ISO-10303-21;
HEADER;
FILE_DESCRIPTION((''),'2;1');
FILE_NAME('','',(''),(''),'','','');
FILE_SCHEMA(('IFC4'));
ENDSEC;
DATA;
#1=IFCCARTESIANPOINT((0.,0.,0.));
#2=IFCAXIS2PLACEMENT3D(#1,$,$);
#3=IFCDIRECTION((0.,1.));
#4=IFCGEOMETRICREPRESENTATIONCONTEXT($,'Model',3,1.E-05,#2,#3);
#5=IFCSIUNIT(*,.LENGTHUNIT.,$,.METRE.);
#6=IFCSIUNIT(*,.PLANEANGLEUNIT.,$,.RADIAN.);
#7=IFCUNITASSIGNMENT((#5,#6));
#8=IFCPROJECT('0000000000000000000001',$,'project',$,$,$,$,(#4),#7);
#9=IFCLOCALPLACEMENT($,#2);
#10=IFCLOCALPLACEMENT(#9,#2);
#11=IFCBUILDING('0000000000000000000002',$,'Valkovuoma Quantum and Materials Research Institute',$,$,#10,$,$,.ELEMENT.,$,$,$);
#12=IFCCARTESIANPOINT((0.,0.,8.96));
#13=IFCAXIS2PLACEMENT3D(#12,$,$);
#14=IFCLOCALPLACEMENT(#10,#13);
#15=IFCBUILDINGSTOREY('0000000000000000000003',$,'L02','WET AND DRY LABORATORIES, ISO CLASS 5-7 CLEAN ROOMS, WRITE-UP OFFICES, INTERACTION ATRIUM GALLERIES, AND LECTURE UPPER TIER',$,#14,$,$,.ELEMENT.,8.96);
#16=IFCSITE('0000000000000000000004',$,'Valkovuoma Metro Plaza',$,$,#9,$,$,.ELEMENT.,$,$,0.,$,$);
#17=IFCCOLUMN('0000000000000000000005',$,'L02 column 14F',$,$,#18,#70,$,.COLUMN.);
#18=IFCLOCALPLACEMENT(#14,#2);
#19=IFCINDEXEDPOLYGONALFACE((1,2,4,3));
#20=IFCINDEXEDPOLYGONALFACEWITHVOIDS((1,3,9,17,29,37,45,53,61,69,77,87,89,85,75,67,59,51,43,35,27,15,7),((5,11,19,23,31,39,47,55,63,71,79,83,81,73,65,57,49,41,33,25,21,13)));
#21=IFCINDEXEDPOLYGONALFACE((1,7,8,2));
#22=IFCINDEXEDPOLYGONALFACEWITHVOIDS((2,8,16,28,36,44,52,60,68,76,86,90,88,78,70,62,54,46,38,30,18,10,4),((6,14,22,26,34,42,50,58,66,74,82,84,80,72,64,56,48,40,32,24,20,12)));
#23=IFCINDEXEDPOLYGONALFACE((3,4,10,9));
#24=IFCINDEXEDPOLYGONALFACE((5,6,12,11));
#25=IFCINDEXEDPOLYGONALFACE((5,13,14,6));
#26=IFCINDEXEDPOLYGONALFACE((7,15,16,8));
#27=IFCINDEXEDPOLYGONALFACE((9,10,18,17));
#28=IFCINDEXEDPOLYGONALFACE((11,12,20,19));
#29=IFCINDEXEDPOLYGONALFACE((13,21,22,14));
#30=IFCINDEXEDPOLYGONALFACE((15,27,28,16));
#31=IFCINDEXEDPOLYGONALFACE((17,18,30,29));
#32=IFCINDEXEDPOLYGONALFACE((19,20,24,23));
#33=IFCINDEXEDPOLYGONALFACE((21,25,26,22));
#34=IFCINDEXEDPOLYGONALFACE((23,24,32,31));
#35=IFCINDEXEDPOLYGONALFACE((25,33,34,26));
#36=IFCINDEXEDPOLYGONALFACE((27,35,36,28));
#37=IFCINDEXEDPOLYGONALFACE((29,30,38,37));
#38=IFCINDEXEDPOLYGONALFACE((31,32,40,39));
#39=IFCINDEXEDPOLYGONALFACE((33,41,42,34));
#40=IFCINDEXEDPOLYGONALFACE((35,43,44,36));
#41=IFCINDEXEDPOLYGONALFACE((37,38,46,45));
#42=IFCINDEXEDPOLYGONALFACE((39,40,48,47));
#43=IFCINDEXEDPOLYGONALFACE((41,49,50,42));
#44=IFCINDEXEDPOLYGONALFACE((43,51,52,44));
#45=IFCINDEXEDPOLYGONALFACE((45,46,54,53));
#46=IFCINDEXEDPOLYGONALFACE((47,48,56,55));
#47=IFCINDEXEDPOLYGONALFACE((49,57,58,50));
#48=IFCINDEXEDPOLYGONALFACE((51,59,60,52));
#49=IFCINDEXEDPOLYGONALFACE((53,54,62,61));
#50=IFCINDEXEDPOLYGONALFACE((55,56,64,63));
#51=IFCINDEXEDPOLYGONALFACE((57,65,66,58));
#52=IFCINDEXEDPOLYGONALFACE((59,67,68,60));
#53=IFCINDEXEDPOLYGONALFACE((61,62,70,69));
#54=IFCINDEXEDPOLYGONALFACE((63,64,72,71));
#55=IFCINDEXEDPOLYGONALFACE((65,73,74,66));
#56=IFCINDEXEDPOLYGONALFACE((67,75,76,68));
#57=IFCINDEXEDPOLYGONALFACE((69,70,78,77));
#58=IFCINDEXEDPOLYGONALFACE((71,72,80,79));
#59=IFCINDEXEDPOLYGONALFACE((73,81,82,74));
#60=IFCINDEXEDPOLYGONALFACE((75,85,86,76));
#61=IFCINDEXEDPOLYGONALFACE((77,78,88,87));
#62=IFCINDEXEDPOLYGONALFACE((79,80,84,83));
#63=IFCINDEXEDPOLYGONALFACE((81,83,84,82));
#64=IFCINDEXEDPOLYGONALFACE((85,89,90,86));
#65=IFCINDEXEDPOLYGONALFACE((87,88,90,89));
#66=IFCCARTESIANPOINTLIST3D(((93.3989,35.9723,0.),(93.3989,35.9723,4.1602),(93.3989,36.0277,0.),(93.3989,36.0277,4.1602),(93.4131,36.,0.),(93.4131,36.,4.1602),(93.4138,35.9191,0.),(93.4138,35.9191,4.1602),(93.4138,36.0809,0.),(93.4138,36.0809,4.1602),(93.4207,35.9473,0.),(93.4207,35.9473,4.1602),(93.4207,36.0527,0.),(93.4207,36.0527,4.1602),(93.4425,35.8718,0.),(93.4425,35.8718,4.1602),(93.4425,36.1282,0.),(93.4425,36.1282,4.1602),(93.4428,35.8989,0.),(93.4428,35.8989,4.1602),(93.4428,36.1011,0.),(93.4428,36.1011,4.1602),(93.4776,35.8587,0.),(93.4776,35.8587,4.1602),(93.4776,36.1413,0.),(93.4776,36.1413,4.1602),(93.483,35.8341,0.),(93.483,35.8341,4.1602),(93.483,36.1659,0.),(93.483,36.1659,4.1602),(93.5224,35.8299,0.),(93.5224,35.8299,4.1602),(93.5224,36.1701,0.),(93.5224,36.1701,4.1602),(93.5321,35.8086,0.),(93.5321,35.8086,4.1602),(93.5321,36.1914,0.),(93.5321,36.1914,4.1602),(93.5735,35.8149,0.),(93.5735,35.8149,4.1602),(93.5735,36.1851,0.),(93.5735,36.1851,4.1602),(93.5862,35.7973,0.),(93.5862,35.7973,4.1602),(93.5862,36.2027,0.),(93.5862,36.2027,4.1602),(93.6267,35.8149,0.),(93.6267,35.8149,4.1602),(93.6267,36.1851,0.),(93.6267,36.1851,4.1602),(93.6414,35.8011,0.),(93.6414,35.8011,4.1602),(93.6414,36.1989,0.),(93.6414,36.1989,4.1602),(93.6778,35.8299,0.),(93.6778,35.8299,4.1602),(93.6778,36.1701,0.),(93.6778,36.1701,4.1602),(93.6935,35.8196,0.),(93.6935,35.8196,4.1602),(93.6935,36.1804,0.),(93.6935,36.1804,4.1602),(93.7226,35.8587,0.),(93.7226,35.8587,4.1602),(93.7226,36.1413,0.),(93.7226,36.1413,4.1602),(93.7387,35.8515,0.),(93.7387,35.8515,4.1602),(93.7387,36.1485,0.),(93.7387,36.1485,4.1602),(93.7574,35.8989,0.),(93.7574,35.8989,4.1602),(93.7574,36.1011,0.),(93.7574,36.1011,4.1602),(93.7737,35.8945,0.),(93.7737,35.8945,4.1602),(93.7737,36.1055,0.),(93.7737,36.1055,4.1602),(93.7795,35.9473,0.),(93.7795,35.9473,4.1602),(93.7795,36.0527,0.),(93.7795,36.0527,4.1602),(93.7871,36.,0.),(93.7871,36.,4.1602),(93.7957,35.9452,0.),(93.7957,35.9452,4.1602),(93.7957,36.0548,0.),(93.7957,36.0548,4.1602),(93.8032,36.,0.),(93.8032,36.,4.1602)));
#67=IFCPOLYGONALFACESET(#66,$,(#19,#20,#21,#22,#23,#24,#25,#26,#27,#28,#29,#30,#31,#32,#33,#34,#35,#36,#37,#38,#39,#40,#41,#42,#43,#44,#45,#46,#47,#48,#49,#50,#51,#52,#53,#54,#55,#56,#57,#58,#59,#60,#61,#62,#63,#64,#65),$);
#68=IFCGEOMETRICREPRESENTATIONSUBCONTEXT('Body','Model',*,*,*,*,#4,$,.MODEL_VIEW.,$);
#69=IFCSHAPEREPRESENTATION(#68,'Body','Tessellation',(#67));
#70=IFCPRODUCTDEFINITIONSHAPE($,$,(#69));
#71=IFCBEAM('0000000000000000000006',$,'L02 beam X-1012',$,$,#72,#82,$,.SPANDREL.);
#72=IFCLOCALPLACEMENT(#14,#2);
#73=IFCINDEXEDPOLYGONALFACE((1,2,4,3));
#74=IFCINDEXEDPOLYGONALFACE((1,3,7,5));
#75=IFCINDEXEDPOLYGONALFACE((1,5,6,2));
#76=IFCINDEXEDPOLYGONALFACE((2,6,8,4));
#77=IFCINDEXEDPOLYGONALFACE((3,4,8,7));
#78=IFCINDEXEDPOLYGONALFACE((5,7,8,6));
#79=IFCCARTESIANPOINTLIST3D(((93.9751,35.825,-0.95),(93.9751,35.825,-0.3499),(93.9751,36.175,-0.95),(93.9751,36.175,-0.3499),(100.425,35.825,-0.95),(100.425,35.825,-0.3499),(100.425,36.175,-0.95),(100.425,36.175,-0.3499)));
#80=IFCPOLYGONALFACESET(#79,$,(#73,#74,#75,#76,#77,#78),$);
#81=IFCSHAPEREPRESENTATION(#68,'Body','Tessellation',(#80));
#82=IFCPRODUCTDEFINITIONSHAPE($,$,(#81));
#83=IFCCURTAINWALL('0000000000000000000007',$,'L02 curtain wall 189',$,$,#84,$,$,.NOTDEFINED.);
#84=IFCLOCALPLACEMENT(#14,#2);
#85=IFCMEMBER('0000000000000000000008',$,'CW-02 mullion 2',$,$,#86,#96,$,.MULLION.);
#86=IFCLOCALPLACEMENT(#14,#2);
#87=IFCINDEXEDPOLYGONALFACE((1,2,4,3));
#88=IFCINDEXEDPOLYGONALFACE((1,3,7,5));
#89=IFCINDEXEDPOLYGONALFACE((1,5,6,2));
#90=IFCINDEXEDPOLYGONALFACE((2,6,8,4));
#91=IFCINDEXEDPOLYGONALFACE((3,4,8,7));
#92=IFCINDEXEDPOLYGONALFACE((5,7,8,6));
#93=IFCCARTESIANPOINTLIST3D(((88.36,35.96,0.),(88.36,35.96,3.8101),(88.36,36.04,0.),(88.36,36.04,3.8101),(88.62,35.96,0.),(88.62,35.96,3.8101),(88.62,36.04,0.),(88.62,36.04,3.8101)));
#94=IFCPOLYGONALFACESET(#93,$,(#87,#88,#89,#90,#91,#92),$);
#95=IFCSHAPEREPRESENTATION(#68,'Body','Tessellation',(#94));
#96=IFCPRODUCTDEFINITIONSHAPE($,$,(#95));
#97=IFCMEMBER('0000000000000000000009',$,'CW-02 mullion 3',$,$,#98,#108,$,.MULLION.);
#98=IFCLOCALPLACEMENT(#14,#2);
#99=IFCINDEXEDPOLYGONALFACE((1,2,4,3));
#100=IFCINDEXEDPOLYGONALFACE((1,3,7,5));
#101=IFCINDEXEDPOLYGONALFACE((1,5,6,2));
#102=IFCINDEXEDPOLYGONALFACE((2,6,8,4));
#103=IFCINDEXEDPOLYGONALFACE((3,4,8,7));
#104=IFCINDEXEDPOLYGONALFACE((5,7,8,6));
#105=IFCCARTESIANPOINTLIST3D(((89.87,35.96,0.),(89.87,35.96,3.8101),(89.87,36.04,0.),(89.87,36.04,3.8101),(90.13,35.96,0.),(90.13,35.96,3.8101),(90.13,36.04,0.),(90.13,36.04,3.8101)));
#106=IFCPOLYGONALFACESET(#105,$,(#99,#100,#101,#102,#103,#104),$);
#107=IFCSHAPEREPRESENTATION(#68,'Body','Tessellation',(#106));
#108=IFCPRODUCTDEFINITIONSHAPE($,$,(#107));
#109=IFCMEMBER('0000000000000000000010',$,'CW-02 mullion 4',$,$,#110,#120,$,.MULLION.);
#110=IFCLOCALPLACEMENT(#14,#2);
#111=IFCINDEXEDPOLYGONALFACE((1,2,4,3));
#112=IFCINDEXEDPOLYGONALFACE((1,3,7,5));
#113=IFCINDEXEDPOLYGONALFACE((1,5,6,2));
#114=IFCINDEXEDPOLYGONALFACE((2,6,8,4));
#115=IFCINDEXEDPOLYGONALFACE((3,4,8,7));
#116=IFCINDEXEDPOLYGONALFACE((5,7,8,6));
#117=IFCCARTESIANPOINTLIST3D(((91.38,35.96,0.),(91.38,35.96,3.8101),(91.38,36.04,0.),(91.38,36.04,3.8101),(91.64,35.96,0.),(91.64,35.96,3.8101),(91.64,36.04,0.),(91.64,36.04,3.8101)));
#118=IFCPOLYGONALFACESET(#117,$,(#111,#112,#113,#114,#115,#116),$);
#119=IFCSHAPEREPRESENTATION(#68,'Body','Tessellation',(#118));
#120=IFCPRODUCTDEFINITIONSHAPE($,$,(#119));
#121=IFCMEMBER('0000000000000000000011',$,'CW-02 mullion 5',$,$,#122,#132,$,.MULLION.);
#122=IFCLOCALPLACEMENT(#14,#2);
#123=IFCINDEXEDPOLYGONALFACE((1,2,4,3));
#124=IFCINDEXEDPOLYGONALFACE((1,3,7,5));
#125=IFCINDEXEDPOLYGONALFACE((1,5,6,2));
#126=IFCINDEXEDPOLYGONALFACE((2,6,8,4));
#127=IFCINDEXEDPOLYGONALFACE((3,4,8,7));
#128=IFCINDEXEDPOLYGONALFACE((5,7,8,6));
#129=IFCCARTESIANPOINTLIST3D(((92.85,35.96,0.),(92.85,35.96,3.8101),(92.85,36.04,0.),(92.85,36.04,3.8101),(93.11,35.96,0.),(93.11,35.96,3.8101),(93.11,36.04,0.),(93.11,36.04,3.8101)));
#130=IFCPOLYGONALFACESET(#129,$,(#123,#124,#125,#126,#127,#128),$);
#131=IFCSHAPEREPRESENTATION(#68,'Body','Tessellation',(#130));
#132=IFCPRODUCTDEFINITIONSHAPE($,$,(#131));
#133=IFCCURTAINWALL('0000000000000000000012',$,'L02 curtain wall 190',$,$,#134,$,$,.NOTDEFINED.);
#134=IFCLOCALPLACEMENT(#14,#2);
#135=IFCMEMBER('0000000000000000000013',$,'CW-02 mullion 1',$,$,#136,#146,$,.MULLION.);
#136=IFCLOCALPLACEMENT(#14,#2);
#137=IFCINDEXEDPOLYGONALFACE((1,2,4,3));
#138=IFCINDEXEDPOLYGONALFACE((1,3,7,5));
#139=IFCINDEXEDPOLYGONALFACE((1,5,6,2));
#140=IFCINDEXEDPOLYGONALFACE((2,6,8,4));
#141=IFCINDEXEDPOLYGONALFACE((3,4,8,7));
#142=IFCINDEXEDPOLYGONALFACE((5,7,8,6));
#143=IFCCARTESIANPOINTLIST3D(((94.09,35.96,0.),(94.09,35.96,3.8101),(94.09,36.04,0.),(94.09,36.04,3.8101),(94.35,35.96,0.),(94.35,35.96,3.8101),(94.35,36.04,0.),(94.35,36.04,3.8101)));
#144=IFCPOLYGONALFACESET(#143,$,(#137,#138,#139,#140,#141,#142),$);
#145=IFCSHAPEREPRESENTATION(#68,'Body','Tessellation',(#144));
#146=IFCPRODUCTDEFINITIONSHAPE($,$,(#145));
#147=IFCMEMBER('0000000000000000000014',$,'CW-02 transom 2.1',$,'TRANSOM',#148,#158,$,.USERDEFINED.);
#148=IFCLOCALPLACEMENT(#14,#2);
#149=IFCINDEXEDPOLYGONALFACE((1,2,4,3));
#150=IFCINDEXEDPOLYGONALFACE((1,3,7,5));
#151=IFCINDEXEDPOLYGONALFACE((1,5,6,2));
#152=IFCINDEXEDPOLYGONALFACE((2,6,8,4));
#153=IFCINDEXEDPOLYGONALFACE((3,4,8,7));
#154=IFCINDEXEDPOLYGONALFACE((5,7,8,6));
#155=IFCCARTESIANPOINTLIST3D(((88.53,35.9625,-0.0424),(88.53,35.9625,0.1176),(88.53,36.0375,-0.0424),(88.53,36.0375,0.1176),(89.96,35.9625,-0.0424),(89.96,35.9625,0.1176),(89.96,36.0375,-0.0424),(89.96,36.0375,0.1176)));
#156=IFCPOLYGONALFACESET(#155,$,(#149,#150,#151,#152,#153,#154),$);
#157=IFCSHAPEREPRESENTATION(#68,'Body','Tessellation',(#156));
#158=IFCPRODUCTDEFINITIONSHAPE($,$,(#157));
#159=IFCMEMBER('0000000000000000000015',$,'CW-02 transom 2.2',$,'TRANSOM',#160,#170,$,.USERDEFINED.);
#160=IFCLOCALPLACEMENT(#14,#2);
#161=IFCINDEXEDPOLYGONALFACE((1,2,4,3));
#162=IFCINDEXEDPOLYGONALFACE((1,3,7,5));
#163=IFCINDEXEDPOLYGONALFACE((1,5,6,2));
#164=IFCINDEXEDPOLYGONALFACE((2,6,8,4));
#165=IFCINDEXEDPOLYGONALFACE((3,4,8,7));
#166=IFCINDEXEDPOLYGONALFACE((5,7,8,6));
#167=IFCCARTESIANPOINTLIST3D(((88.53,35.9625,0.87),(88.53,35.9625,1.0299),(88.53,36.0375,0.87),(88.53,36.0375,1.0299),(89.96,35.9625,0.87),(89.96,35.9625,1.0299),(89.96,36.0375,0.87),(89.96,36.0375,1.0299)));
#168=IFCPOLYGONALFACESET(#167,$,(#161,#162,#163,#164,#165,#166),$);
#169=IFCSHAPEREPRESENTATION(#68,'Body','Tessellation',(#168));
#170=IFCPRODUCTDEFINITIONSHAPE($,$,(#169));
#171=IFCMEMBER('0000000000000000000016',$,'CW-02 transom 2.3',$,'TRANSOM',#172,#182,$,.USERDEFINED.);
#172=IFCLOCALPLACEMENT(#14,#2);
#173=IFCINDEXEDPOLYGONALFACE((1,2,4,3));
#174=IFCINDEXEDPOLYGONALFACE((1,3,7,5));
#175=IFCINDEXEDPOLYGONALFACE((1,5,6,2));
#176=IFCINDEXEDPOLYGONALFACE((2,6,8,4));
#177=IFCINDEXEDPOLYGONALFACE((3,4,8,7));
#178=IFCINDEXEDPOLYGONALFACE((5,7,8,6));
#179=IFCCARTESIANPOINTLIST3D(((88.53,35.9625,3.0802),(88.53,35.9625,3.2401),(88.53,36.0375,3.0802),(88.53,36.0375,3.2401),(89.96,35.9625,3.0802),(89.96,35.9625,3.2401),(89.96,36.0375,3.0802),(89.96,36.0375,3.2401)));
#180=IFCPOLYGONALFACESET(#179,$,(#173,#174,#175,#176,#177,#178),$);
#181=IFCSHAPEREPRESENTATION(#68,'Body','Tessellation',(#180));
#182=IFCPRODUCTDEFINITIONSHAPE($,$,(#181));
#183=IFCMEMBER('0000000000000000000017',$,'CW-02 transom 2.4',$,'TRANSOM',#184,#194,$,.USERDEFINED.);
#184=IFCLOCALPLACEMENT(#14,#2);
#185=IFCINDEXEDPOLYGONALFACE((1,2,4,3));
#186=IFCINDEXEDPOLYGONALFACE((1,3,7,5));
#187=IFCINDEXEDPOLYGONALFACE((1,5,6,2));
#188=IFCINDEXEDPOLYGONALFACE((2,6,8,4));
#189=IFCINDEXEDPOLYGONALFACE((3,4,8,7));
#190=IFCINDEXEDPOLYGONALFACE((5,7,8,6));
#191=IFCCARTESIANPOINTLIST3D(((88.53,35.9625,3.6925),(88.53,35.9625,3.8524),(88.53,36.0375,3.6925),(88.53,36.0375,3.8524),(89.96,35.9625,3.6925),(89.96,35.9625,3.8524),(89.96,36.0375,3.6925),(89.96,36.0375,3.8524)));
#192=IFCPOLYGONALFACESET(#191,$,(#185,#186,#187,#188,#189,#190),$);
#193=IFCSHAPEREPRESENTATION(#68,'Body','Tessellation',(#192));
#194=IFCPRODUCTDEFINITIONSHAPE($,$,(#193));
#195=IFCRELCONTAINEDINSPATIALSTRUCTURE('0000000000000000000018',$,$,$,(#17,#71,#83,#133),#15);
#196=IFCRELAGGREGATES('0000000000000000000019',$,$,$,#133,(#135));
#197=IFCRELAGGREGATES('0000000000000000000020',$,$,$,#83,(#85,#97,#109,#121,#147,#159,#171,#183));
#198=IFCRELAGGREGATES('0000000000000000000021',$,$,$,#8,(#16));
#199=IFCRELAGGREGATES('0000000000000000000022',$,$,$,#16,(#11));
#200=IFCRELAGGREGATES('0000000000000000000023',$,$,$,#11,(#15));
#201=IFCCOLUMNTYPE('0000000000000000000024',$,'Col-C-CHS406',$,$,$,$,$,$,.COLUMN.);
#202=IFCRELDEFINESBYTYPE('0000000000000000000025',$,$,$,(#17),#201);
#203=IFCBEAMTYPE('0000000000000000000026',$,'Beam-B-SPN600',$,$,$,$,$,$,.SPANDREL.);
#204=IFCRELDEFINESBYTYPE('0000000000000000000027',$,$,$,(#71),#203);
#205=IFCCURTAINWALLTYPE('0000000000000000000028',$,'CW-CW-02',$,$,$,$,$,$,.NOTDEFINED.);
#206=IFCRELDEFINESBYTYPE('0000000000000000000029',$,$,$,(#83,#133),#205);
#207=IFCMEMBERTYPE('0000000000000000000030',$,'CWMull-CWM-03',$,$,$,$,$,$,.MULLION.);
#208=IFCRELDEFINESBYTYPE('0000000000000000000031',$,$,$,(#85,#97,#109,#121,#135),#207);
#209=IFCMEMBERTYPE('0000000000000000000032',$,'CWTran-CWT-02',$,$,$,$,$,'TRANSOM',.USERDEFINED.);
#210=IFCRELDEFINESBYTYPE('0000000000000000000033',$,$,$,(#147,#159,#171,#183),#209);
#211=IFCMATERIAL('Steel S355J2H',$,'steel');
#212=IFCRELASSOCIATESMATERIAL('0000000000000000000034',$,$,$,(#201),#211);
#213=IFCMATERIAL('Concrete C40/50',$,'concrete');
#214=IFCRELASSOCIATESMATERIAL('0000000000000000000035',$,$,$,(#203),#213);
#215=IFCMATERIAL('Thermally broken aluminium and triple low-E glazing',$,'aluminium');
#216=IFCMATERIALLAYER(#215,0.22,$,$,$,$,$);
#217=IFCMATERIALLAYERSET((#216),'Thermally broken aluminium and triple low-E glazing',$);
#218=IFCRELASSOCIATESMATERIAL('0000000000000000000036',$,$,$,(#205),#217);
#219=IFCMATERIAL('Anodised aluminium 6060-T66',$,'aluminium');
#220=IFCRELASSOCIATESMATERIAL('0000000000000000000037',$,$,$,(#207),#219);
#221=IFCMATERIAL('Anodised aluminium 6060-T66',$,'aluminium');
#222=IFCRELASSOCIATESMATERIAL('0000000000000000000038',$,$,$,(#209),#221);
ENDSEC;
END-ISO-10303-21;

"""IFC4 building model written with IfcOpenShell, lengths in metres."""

from ifc_helpers import new_model, si_unit, direction, frame, origin, origin_2d, place, context, subcontext, project, spatial, rectangle, hollow_circle, extrude, material, layer, layer_set, material_profile, profile_set, type_object, element, aggregate, save


model = new_model("IFC4")

# Units and contexts
model_context = context("Model", 3, precision=1e-05, world=origin(), true_north=direction((0.0, 1.0)))
body_context = subcontext(model_context, "Body", "Model", "MODEL_VIEW")
ifc_project = project(units=[si_unit("LENGTHUNIT", "METRE"), si_unit("PLANEANGLEUNIT", "RADIAN")], contexts=[model_context])

# Site, building, storey
site_placement = place(None, origin())
site = spatial("IfcSite", under=ifc_project, at=site_placement, Name="Valkovuoma Metro Plaza", CompositionType="ELEMENT", RefElevation=0.0)
building_placement = place(site_placement, origin())
building = spatial("IfcBuilding", under=site, at=building_placement, Name="Valkovuoma Quantum and Materials Research Institute", CompositionType="ELEMENT")
storey_placement = place(building_placement, frame((0.0, 0.0, 8.96)))
storey = spatial("IfcBuildingStorey", under=building, at=storey_placement, Name="L02", Description="WET AND DRY LABORATORIES, ISO CLASS 5-7 CLEAN ROOMS, WRITE-UP OFFICES, INTERACTION ATRIUM GALLERIES, AND LECTURE UPPER TIER", CompositionType="ELEMENT", Elevation=8.96)

# Column
ifc_material_1 = material(Name="Steel S355J2H", Category="steel")
ifc_material_profile_1 = material_profile(ifc_material_1, hollow_circle(Radius=0.2031, WallThickness=0.0161, at=origin_2d()), Name="Steel S355J2H")
ifc_profile_set_1 = profile_set([ifc_material_profile_1], Name="Steel S355J2H")
column_type = type_object("IfcColumnType", Name="Col-C-CHS406", PredefinedType="COLUMN", material=ifc_profile_set_1)
column_placement = place(storey_placement, frame((93.6001, 36.0, 0.0), z_axis=(0.0, 0.0, 1.0), x_axis=(1.0, 0.0, 0.0)))
element("IfcColumn", 1, at=column_placement, inside=storey, type_object=column_type, Name="L02 column 14F", PredefinedType="COLUMN", context=body_context, shape_type="SweptSolid", body=[
    extrude(hollow_circle(Radius=0.2031, WallThickness=0.0161, at=origin_2d()), origin(), (0.0, 0.0, 1.0), 4.1602),
])

# Beam
ifc_material_2 = material(Name="Concrete C40/50", Category="concrete")
ifc_material_profile_2 = material_profile(ifc_material_2, rectangle(XDim=0.3501, YDim=0.6001, at=origin_2d()), Name="Concrete C40/50")
ifc_profile_set_2 = profile_set([ifc_material_profile_2], Name="Concrete C40/50")
beam_type = type_object("IfcBeamType", Name="Beam-B-SPN600", PredefinedType="SPANDREL", material=ifc_profile_set_2)
beam_placement = place(storey_placement, frame((93.9751, 36.0, -0.6499), z_axis=(1.0, 0.0, 0.0), x_axis=(0.0, 1.0, 0.0)))
element("IfcBeam", 2, at=beam_placement, inside=storey, type_object=beam_type, Name="L02 beam X-1012", PredefinedType="SPANDREL", context=body_context, shape_type="SweptSolid", body=[
    extrude(rectangle(XDim=0.3501, YDim=0.6001, at=origin_2d()), origin(), (0.0, 0.0, 1.0), 6.45),
])

# Curtain wall, members
ifc_material_3 = material(Name="Thermally broken aluminium and triple low-E glazing", Category="aluminium")
ifc_layer_1 = layer(ifc_material_3, 0.22)
ifc_layer_set_1 = layer_set([ifc_layer_1], Name="Thermally broken aluminium and triple low-E glazing")
curtain_wall_type = type_object("IfcCurtainWallType", Name="CW-CW-02", PredefinedType="NOTDEFINED", material=ifc_layer_set_1)
curtain_wall_1_placement = place(storey_placement, origin())
curtain_wall_1 = element("IfcCurtainWall", 3, at=curtain_wall_1_placement, inside=storey, type_object=curtain_wall_type, Name="L02 curtain wall 189", PredefinedType="NOTDEFINED")
ifc_material_4 = material(Name="Anodised aluminium 6060-T66", Category="aluminium")
ifc_material_profile_3 = material_profile(ifc_material_4, rectangle(XDim=0.0801, YDim=0.26, at=origin_2d()), Name="Anodised aluminium 6060-T66")
ifc_profile_set_3 = profile_set([ifc_material_profile_3], Name="Anodised aluminium 6060-T66")
member_type_1 = type_object("IfcMemberType", Name="CWMull-CWM-03", PredefinedType="MULLION", material=ifc_profile_set_3)
member_1_placement = place(storey_placement, frame((88.49, 36.0, 0.0), z_axis=(0.0, 0.0, 1.0), x_axis=(0.0, 1.0, 0.0)))
member_1 = element("IfcMember", 4, at=member_1_placement, type_object=member_type_1, Name="CW-02 mullion 2", PredefinedType="MULLION", context=body_context, shape_type="SweptSolid", body=[
    extrude(rectangle(XDim=0.0801, YDim=0.26, at=origin_2d()), origin(), (0.0, 0.0, 1.0), 3.8101),
])
member_2_placement = place(storey_placement, frame((90.0, 36.0, 0.0), z_axis=(0.0, 0.0, 1.0), x_axis=(0.0, 1.0, 0.0)))
member_2 = element("IfcMember", 5, at=member_2_placement, type_object=member_type_1, Name="CW-02 mullion 3", PredefinedType="MULLION", context=body_context, shape_type="SweptSolid", body=[
    extrude(rectangle(XDim=0.0801, YDim=0.26, at=origin_2d()), origin(), (0.0, 0.0, 1.0), 3.8101),
])
member_3_placement = place(storey_placement, frame((91.51, 36.0, 0.0), z_axis=(0.0, 0.0, 1.0), x_axis=(0.0, 1.0, 0.0)))
member_3 = element("IfcMember", 6, at=member_3_placement, type_object=member_type_1, Name="CW-02 mullion 4", PredefinedType="MULLION", context=body_context, shape_type="SweptSolid", body=[
    extrude(rectangle(XDim=0.0801, YDim=0.26, at=origin_2d()), origin(), (0.0, 0.0, 1.0), 3.8101),
])
member_4_placement = place(storey_placement, frame((92.98, 36.0, 0.0), z_axis=(0.0, 0.0, 1.0), x_axis=(0.0, 1.0, 0.0)))
member_4 = element("IfcMember", 7, at=member_4_placement, type_object=member_type_1, Name="CW-02 mullion 5", PredefinedType="MULLION", context=body_context, shape_type="SweptSolid", body=[
    extrude(rectangle(XDim=0.0801, YDim=0.26, at=origin_2d()), origin(), (0.0, 0.0, 1.0), 3.8101),
])

# Curtain wall, member
curtain_wall_2_placement = place(storey_placement, origin())
curtain_wall_2 = element("IfcCurtainWall", 8, at=curtain_wall_2_placement, inside=storey, type_object=curtain_wall_type, Name="L02 curtain wall 190", PredefinedType="NOTDEFINED")
member_5_placement = place(storey_placement, frame((94.22, 36.0, 0.0), z_axis=(0.0, 0.0, 1.0), x_axis=(0.0, 1.0, 0.0)))
member_5 = element("IfcMember", 9, at=member_5_placement, type_object=member_type_1, Name="CW-02 mullion 1", PredefinedType="MULLION", context=body_context, shape_type="SweptSolid", body=[
    extrude(rectangle(XDim=0.0801, YDim=0.26, at=origin_2d()), origin(), (0.0, 0.0, 1.0), 3.8101),
])

# Members
ifc_material_5 = material(Name="Anodised aluminium 6060-T66", Category="aluminium")
ifc_material_profile_4 = material_profile(ifc_material_5, rectangle(XDim=0.075, YDim=0.1599, at=origin_2d()), Name="Anodised aluminium 6060-T66")
ifc_profile_set_4 = profile_set([ifc_material_profile_4], Name="Anodised aluminium 6060-T66")
member_type_2 = type_object("IfcMemberType", Name="CWTran-CWT-02", ElementType="TRANSOM", PredefinedType="USERDEFINED", material=ifc_profile_set_4)
member_6_placement = place(storey_placement, frame((88.53, 36.0, 0.0376), z_axis=(1.0, 0.0, 0.0), x_axis=(0.0, 1.0, 0.0)))
member_6 = element("IfcMember", 10, at=member_6_placement, type_object=member_type_2, Name="CW-02 transom 2.1", ObjectType="TRANSOM", PredefinedType="USERDEFINED", context=body_context, shape_type="SweptSolid", body=[
    extrude(rectangle(XDim=0.075, YDim=0.1599, at=origin_2d()), origin(), (0.0, 0.0, 1.0), 1.4299),
])
member_7_placement = place(storey_placement, frame((88.53, 36.0, 0.95), z_axis=(1.0, 0.0, 0.0), x_axis=(0.0, 1.0, 0.0)))
member_7 = element("IfcMember", 11, at=member_7_placement, type_object=member_type_2, Name="CW-02 transom 2.2", ObjectType="TRANSOM", PredefinedType="USERDEFINED", context=body_context, shape_type="SweptSolid", body=[
    extrude(rectangle(XDim=0.075, YDim=0.1599, at=origin_2d()), origin(), (0.0, 0.0, 1.0), 1.4299),
])
member_8_placement = place(storey_placement, frame((88.53, 36.0, 3.1602), z_axis=(1.0, 0.0, 0.0), x_axis=(0.0, 1.0, 0.0)))
member_8 = element("IfcMember", 12, at=member_8_placement, type_object=member_type_2, Name="CW-02 transom 2.3", ObjectType="TRANSOM", PredefinedType="USERDEFINED", context=body_context, shape_type="SweptSolid", body=[
    extrude(rectangle(XDim=0.075, YDim=0.1599, at=origin_2d()), origin(), (0.0, 0.0, 1.0), 1.4299),
])
member_9_placement = place(storey_placement, frame((88.53, 36.0, 3.7725), z_axis=(1.0, 0.0, 0.0), x_axis=(0.0, 1.0, 0.0)))
member_9 = element("IfcMember", 13, at=member_9_placement, type_object=member_type_2, Name="CW-02 transom 2.4", ObjectType="TRANSOM", PredefinedType="USERDEFINED", context=body_context, shape_type="SweptSolid", body=[
    extrude(rectangle(XDim=0.075, YDim=0.1599, at=origin_2d()), origin(), (0.0, 0.0, 1.0), 1.4299),
])
aggregate(curtain_wall_2, [member_5])

aggregate(curtain_wall_1, [member_1, member_2, member_3, member_4, member_6, member_7, member_8, member_9])

save(model, "model.ifc")
